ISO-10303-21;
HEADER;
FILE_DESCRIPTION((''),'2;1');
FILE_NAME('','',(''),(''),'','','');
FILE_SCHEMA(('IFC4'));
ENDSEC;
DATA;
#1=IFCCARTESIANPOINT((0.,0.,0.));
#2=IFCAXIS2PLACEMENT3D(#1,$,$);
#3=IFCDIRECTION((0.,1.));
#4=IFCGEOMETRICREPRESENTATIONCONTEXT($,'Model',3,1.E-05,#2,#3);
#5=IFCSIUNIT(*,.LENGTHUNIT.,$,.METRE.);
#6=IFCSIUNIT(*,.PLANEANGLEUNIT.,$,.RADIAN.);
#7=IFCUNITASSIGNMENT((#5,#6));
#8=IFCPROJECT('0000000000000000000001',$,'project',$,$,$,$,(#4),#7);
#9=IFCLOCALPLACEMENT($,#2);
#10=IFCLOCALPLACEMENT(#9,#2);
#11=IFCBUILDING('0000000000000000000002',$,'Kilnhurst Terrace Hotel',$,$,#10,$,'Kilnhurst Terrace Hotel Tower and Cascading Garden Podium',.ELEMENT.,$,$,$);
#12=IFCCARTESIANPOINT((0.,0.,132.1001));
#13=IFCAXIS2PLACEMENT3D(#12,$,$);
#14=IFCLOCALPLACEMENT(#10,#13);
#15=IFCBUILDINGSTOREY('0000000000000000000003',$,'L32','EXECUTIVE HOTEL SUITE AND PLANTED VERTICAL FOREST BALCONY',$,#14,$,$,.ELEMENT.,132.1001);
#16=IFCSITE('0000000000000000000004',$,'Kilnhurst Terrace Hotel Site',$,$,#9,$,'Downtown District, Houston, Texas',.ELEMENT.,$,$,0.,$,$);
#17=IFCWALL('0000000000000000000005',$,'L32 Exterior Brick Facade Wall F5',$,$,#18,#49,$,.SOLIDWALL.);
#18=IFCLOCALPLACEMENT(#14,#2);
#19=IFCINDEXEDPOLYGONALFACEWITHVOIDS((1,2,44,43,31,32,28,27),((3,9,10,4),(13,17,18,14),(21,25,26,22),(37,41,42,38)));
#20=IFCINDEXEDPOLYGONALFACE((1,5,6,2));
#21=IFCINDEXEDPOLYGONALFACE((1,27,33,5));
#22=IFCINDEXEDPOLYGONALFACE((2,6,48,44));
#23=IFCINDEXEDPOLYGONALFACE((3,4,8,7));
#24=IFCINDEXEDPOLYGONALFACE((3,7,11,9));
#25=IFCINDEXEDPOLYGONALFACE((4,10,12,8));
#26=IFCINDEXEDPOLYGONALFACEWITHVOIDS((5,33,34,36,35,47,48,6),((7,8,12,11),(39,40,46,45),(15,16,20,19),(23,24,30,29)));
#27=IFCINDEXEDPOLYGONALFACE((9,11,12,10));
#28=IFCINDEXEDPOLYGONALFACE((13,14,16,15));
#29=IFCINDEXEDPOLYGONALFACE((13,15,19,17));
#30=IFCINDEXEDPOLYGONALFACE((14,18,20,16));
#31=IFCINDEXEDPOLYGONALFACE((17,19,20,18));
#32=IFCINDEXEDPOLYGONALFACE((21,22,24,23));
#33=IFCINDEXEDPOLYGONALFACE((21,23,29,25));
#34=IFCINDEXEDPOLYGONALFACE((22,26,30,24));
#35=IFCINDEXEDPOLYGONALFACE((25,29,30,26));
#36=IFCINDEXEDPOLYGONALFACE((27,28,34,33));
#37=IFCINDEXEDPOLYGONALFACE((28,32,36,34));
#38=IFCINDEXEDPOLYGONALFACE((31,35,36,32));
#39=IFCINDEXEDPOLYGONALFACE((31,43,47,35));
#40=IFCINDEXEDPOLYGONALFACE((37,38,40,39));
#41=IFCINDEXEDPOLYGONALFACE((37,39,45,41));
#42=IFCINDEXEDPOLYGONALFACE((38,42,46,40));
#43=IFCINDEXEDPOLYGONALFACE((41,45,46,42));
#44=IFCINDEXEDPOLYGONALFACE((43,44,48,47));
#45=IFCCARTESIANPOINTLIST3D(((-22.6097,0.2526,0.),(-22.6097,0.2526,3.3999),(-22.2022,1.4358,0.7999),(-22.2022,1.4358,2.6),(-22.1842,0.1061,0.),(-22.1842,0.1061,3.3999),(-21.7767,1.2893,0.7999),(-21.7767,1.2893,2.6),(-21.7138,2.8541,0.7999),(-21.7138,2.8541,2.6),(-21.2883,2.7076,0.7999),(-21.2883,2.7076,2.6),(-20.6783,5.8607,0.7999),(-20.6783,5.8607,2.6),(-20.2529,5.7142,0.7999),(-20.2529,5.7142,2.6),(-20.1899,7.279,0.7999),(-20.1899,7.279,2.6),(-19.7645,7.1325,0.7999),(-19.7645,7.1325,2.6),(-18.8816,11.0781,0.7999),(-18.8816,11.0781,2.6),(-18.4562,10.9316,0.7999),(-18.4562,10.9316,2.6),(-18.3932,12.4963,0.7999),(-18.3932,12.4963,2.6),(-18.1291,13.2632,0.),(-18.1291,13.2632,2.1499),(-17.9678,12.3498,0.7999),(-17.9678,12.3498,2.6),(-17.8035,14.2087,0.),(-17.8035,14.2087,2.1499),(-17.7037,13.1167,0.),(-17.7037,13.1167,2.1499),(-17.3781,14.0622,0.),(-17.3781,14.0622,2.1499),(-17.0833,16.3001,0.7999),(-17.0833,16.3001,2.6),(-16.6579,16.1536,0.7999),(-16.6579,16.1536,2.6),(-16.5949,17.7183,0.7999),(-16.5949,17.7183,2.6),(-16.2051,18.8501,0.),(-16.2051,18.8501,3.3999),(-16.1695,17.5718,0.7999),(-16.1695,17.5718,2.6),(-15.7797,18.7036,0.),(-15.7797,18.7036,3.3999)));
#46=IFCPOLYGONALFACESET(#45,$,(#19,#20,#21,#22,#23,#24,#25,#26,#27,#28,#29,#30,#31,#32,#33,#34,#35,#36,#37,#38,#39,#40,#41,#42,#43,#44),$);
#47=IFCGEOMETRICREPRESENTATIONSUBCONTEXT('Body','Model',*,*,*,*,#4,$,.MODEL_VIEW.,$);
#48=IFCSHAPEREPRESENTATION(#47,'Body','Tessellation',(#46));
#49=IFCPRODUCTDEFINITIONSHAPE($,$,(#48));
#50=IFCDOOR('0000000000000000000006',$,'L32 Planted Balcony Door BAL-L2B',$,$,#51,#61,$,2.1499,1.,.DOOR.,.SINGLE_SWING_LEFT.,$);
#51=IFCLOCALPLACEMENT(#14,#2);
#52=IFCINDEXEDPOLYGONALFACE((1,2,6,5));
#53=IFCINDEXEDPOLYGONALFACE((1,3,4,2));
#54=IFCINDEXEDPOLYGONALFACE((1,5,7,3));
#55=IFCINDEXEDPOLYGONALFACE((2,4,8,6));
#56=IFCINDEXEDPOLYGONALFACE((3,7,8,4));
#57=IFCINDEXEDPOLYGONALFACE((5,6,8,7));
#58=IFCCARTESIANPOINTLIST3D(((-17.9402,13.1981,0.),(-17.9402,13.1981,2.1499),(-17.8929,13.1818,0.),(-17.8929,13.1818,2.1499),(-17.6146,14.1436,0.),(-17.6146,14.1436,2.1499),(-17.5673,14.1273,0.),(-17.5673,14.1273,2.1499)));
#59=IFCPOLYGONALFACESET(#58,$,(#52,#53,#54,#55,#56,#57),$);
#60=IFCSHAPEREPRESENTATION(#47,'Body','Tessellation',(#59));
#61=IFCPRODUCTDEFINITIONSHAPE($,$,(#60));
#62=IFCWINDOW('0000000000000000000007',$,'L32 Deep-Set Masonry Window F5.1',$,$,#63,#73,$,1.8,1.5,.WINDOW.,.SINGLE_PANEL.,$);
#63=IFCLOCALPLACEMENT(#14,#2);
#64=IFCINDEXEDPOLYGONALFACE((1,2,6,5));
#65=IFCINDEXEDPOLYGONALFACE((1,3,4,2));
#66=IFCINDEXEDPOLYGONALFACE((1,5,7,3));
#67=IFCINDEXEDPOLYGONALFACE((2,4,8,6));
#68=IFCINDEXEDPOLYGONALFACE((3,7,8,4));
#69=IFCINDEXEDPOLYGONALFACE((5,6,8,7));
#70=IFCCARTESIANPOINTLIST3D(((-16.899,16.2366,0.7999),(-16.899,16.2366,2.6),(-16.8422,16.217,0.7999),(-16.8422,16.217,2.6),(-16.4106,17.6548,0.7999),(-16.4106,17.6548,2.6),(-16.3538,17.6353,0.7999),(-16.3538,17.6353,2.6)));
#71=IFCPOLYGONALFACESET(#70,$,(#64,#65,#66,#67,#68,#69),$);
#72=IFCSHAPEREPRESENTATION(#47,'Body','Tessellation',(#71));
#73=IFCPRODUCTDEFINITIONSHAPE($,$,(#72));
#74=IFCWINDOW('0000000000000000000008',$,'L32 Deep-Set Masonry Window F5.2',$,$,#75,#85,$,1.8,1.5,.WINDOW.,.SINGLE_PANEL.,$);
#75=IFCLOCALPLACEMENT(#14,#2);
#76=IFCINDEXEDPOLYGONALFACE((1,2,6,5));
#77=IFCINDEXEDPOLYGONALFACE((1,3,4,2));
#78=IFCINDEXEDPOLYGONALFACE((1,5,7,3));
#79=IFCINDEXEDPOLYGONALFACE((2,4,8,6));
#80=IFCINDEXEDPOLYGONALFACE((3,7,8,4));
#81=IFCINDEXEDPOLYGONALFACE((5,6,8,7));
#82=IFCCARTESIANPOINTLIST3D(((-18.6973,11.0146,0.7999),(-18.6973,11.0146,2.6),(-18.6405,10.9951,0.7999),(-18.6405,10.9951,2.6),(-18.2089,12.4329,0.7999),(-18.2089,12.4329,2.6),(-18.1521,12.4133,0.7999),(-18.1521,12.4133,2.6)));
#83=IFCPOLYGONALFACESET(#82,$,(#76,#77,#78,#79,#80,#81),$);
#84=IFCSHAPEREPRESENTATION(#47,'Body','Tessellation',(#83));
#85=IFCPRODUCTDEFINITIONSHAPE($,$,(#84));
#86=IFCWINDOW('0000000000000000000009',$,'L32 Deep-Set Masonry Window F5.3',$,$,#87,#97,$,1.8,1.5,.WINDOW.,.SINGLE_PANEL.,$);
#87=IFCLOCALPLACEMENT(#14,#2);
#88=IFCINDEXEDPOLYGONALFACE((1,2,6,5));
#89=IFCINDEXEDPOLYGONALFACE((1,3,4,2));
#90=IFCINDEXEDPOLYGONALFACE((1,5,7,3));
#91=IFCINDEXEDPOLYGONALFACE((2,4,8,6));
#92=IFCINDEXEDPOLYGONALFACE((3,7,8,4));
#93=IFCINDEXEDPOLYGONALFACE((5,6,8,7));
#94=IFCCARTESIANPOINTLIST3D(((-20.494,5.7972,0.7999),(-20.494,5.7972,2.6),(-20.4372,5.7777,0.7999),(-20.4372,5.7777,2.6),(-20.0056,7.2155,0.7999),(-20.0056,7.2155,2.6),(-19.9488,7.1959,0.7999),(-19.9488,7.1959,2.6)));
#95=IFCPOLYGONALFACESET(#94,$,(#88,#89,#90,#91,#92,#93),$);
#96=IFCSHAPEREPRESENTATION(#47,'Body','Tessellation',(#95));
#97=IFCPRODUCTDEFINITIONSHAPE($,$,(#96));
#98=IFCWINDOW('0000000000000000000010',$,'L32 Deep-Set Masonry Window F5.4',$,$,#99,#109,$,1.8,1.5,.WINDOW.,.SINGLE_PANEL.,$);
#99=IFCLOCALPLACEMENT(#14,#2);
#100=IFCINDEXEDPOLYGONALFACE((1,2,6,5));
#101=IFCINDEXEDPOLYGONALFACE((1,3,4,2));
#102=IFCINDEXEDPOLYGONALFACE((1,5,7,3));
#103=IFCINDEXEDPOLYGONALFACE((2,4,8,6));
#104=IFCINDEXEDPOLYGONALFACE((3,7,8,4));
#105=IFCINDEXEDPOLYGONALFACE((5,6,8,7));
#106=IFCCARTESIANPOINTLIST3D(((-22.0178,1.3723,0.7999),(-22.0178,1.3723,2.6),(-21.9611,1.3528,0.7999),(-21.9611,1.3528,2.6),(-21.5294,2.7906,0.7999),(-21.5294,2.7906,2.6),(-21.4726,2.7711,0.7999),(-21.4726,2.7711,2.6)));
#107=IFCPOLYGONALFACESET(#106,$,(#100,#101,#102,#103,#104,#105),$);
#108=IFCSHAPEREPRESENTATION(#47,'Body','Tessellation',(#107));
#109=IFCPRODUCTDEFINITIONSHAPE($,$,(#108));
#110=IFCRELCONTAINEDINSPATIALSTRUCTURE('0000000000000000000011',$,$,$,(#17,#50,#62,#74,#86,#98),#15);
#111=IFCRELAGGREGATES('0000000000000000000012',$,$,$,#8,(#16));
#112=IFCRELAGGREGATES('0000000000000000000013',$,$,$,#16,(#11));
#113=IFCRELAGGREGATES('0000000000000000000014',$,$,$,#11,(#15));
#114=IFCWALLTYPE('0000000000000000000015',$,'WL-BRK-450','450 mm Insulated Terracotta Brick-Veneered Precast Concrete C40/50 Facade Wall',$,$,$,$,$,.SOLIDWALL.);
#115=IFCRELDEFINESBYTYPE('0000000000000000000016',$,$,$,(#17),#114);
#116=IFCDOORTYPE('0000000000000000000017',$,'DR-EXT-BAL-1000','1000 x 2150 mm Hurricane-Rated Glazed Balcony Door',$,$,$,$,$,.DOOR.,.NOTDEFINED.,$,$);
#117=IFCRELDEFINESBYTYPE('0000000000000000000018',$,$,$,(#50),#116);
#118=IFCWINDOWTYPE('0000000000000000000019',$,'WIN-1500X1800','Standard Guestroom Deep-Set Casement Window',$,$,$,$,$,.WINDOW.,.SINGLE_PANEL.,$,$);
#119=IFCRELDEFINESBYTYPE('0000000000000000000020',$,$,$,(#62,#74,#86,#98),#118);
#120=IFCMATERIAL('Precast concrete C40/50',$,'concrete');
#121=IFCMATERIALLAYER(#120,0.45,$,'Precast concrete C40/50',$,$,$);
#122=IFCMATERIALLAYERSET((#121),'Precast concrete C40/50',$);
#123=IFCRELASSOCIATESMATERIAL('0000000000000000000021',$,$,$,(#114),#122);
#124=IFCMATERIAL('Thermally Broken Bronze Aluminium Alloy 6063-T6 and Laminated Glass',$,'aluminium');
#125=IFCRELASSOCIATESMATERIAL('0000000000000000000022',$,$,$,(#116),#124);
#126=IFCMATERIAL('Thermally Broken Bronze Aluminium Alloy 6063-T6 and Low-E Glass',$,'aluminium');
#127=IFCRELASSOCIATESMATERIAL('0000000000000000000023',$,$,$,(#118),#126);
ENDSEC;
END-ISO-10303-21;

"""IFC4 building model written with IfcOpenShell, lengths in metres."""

from ifc_helpers import new_model, si_unit, direction, frame, frame_2d, origin, place, context, subcontext, project, spatial, rectangle, extrude, material, layer, layer_set, type_object, element, fill, save


model = new_model("IFC4")

# Units and contexts
model_context = context("Model", 3, precision=1e-05, world=origin(), true_north=direction((0.0, 1.0)))
body_context = subcontext(model_context, "Body", "Model", "MODEL_VIEW")
ifc_project = project(units=[si_unit("LENGTHUNIT", "METRE"), si_unit("PLANEANGLEUNIT", "RADIAN")], contexts=[model_context])

# Site, building, storey
site_placement = place(None, origin())
site = spatial("IfcSite", under=ifc_project, at=site_placement, Name="Kilnhurst Terrace Hotel Site", LongName="Downtown District, Houston, Texas", CompositionType="ELEMENT", RefElevation=0.0)
building_placement = place(site_placement, origin())
building = spatial("IfcBuilding", under=site, at=building_placement, Name="Kilnhurst Terrace Hotel", LongName="Kilnhurst Terrace Hotel Tower and Cascading Garden Podium", CompositionType="ELEMENT")
storey_placement = place(building_placement, frame((0.0, 0.0, 132.1001)))
storey = spatial("IfcBuildingStorey", under=building, at=storey_placement, Name="L32", Description="EXECUTIVE HOTEL SUITE AND PLANTED VERTICAL FOREST BALCONY", CompositionType="ELEMENT", Elevation=132.1001)

# Shared definitions
ifc_material_1 = material(Name="Precast concrete C40/50", Category="concrete")
ifc_layer_1 = layer(ifc_material_1, 0.45, Name="Precast concrete C40/50")
ifc_layer_set_1 = layer_set([ifc_layer_1], Name="Precast concrete C40/50")
wall_type_1 = type_object("IfcWallType", Name="WL-BRK-450", Description="450 mm Insulated Terracotta Brick-Veneered Precast Concrete C40/50 Facade Wall", PredefinedType="SOLIDWALL", material=ifc_layer_set_1)

# Wall, openings, door, windows
wall_1_placement = place(storey_placement, frame((-15.9924, 18.7769, 0.0), z_axis=(0.0, 0.0, 1.0), x_axis=(-0.325607, -0.945505, 0.0)))
wall_1 = element("IfcWall", 1, at=wall_1_placement, inside=storey, type_object=wall_type_1, Name="L32 Exterior Brick Facade Wall F5", PredefinedType="SOLIDWALL", context=body_context, shape_type="SweptSolid", body=[
    extrude(rectangle(XDim=19.6694, YDim=0.45, at=frame_2d((9.8347, 0.0))), origin(), (0.0, 0.0, 1.0), 3.3999),
])
opening_1_placement = place(wall_1_placement, frame((4.9089, 0.0, 0.0)))
opening_1 = element("IfcOpeningElement", 2, at=opening_1_placement, cuts=wall_1, PredefinedType="OPENING", context=body_context, shape_type="SweptSolid", body=[
    extrude(rectangle(XDim=1.0, YDim=2.1499, at=frame_2d((0.5, 1.075))), frame((0.0, 0.2349, 0.0), z_axis=(0.0, -1.0, 0.0), x_axis=(1.0, 0.0, 0.0)), (0.0, 0.0, 1.0), 0.47),
])
opening_2_placement = place(wall_1_placement, frame((1.197, 0.0, 0.8)))
opening_2 = element("IfcOpeningElement", 3, at=opening_2_placement, cuts=wall_1, PredefinedType="OPENING", context=body_context, shape_type="SweptSolid", body=[
    extrude(rectangle(XDim=1.5, YDim=1.8, at=frame_2d((0.75, 0.8999))), frame((0.0, 0.2349, 0.0), z_axis=(0.0, -1.0, 0.0), x_axis=(1.0, 0.0, 0.0)), (0.0, 0.0, 1.0), 0.47),
])
opening_3_placement = place(wall_1_placement, frame((6.72, 0.0, 0.8)))
opening_3 = element("IfcOpeningElement", 4, at=opening_3_placement, cuts=wall_1, PredefinedType="OPENING", context=body_context, shape_type="SweptSolid", body=[
    extrude(rectangle(XDim=1.5, YDim=1.8, at=frame_2d((0.75, 0.8999))), frame((0.0, 0.2349, 0.0), z_axis=(0.0, -1.0, 0.0), x_axis=(1.0, 0.0, 0.0)), (0.0, 0.0, 1.0), 0.47),
])
opening_4_placement = place(wall_1_placement, frame((12.238, 0.0, 0.8)))
opening_4 = element("IfcOpeningElement", 5, at=opening_4_placement, cuts=wall_1, PredefinedType="OPENING", context=body_context, shape_type="SweptSolid", body=[
    extrude(rectangle(XDim=1.5, YDim=1.8, at=frame_2d((0.75, 0.8999))), frame((0.0, 0.2349, 0.0), z_axis=(0.0, -1.0, 0.0), x_axis=(1.0, 0.0, 0.0)), (0.0, 0.0, 1.0), 0.47),
])
opening_5_placement = place(wall_1_placement, frame((16.918, 0.0, 0.8)))
opening_5 = element("IfcOpeningElement", 6, at=opening_5_placement, cuts=wall_1, PredefinedType="OPENING", context=body_context, shape_type="SweptSolid", body=[
    extrude(rectangle(XDim=1.5, YDim=1.8, at=frame_2d((0.75, 0.8999))), frame((0.0, 0.2349, 0.0), z_axis=(0.0, -1.0, 0.0), x_axis=(1.0, 0.0, 0.0)), (0.0, 0.0, 1.0), 0.47),
])
ifc_material_2 = material(Name="Thermally Broken Bronze Aluminium Alloy 6063-T6 and Laminated Glass", Category="aluminium")
door_type_1 = type_object("IfcDoorType", Name="DR-EXT-BAL-1000", Description="1000 x 2150 mm Hurricane-Rated Glazed Balcony Door", OperationType="NOTDEFINED", PredefinedType="DOOR", material=ifc_material_2)
door_1_placement = place(opening_1_placement, origin())
door_1 = element("IfcDoor", 7, at=door_1_placement, inside=storey, type_object=door_type_1, Name="L32 Planted Balcony Door BAL-L2B", OperationType="SINGLE_SWING_LEFT", OverallHeight=2.1499, OverallWidth=1.0, PredefinedType="DOOR", context=body_context, shape_type="SweptSolid", body=[
    extrude(rectangle(XDim=1.0, YDim=2.1499, at=frame_2d((0.5, 1.075))), frame((0.0, 0.0249, 0.0), z_axis=(0.0, -1.0, 0.0), x_axis=(1.0, 0.0, 0.0)), (0.0, 0.0, 1.0), 0.05),
])
fill(opening_1, door_1)
ifc_material_3 = material(Name="Thermally Broken Bronze Aluminium Alloy 6063-T6 and Low-E Glass", Category="aluminium")
window_type = type_object("IfcWindowType", Name="WIN-1500X1800", Description="Standard Guestroom Deep-Set Casement Window", PartitioningType="SINGLE_PANEL", PredefinedType="WINDOW", material=ifc_material_3)
window_1_placement = place(opening_2_placement, origin())
window_1 = element("IfcWindow", 8, at=window_1_placement, inside=storey, type_object=window_type, Name="L32 Deep-Set Masonry Window F5.1", OverallHeight=1.8, OverallWidth=1.5, PartitioningType="SINGLE_PANEL", PredefinedType="WINDOW", context=body_context, shape_type="SweptSolid", body=[
    extrude(rectangle(XDim=1.5, YDim=1.8, at=frame_2d((0.75, 0.8999))), frame((0.0, 0.03, 0.0), z_axis=(0.0, -1.0, 0.0), x_axis=(1.0, 0.0, 0.0)), (0.0, 0.0, 1.0), 0.0601),
])
fill(opening_2, window_1)
window_2_placement = place(opening_3_placement, origin())
window_2 = element("IfcWindow", 9, at=window_2_placement, inside=storey, type_object=window_type, Name="L32 Deep-Set Masonry Window F5.2", OverallHeight=1.8, OverallWidth=1.5, PartitioningType="SINGLE_PANEL", PredefinedType="WINDOW", context=body_context, shape_type="SweptSolid", body=[
    extrude(rectangle(XDim=1.5, YDim=1.8, at=frame_2d((0.75, 0.8999))), frame((0.0, 0.03, 0.0), z_axis=(0.0, -1.0, 0.0), x_axis=(1.0, 0.0, 0.0)), (0.0, 0.0, 1.0), 0.0601),
])
fill(opening_3, window_2)
window_3_placement = place(opening_4_placement, origin())
window_3 = element("IfcWindow", 10, at=window_3_placement, inside=storey, type_object=window_type, Name="L32 Deep-Set Masonry Window F5.3", OverallHeight=1.8, OverallWidth=1.5, PartitioningType="SINGLE_PANEL", PredefinedType="WINDOW", context=body_context, shape_type="SweptSolid", body=[
    extrude(rectangle(XDim=1.5, YDim=1.8, at=frame_2d((0.75, 0.8999))), frame((0.0, 0.03, 0.0), z_axis=(0.0, -1.0, 0.0), x_axis=(1.0, 0.0, 0.0)), (0.0, 0.0, 1.0), 0.0601),
])
fill(opening_4, window_3)
window_4_placement = place(opening_5_placement, origin())
window_4 = element("IfcWindow", 11, at=window_4_placement, inside=storey, type_object=window_type, Name="L32 Deep-Set Masonry Window F5.4", OverallHeight=1.8, OverallWidth=1.5, PartitioningType="SINGLE_PANEL", PredefinedType="WINDOW", context=body_context, shape_type="SweptSolid", body=[
    extrude(rectangle(XDim=1.5, YDim=1.8, at=frame_2d((0.75, 0.8999))), frame((0.0, 0.03, 0.0), z_axis=(0.0, -1.0, 0.0), x_axis=(1.0, 0.0, 0.0)), (0.0, 0.0, 1.0), 0.0601),
])
fill(opening_5, window_4)

save(model, "model.ifc")
